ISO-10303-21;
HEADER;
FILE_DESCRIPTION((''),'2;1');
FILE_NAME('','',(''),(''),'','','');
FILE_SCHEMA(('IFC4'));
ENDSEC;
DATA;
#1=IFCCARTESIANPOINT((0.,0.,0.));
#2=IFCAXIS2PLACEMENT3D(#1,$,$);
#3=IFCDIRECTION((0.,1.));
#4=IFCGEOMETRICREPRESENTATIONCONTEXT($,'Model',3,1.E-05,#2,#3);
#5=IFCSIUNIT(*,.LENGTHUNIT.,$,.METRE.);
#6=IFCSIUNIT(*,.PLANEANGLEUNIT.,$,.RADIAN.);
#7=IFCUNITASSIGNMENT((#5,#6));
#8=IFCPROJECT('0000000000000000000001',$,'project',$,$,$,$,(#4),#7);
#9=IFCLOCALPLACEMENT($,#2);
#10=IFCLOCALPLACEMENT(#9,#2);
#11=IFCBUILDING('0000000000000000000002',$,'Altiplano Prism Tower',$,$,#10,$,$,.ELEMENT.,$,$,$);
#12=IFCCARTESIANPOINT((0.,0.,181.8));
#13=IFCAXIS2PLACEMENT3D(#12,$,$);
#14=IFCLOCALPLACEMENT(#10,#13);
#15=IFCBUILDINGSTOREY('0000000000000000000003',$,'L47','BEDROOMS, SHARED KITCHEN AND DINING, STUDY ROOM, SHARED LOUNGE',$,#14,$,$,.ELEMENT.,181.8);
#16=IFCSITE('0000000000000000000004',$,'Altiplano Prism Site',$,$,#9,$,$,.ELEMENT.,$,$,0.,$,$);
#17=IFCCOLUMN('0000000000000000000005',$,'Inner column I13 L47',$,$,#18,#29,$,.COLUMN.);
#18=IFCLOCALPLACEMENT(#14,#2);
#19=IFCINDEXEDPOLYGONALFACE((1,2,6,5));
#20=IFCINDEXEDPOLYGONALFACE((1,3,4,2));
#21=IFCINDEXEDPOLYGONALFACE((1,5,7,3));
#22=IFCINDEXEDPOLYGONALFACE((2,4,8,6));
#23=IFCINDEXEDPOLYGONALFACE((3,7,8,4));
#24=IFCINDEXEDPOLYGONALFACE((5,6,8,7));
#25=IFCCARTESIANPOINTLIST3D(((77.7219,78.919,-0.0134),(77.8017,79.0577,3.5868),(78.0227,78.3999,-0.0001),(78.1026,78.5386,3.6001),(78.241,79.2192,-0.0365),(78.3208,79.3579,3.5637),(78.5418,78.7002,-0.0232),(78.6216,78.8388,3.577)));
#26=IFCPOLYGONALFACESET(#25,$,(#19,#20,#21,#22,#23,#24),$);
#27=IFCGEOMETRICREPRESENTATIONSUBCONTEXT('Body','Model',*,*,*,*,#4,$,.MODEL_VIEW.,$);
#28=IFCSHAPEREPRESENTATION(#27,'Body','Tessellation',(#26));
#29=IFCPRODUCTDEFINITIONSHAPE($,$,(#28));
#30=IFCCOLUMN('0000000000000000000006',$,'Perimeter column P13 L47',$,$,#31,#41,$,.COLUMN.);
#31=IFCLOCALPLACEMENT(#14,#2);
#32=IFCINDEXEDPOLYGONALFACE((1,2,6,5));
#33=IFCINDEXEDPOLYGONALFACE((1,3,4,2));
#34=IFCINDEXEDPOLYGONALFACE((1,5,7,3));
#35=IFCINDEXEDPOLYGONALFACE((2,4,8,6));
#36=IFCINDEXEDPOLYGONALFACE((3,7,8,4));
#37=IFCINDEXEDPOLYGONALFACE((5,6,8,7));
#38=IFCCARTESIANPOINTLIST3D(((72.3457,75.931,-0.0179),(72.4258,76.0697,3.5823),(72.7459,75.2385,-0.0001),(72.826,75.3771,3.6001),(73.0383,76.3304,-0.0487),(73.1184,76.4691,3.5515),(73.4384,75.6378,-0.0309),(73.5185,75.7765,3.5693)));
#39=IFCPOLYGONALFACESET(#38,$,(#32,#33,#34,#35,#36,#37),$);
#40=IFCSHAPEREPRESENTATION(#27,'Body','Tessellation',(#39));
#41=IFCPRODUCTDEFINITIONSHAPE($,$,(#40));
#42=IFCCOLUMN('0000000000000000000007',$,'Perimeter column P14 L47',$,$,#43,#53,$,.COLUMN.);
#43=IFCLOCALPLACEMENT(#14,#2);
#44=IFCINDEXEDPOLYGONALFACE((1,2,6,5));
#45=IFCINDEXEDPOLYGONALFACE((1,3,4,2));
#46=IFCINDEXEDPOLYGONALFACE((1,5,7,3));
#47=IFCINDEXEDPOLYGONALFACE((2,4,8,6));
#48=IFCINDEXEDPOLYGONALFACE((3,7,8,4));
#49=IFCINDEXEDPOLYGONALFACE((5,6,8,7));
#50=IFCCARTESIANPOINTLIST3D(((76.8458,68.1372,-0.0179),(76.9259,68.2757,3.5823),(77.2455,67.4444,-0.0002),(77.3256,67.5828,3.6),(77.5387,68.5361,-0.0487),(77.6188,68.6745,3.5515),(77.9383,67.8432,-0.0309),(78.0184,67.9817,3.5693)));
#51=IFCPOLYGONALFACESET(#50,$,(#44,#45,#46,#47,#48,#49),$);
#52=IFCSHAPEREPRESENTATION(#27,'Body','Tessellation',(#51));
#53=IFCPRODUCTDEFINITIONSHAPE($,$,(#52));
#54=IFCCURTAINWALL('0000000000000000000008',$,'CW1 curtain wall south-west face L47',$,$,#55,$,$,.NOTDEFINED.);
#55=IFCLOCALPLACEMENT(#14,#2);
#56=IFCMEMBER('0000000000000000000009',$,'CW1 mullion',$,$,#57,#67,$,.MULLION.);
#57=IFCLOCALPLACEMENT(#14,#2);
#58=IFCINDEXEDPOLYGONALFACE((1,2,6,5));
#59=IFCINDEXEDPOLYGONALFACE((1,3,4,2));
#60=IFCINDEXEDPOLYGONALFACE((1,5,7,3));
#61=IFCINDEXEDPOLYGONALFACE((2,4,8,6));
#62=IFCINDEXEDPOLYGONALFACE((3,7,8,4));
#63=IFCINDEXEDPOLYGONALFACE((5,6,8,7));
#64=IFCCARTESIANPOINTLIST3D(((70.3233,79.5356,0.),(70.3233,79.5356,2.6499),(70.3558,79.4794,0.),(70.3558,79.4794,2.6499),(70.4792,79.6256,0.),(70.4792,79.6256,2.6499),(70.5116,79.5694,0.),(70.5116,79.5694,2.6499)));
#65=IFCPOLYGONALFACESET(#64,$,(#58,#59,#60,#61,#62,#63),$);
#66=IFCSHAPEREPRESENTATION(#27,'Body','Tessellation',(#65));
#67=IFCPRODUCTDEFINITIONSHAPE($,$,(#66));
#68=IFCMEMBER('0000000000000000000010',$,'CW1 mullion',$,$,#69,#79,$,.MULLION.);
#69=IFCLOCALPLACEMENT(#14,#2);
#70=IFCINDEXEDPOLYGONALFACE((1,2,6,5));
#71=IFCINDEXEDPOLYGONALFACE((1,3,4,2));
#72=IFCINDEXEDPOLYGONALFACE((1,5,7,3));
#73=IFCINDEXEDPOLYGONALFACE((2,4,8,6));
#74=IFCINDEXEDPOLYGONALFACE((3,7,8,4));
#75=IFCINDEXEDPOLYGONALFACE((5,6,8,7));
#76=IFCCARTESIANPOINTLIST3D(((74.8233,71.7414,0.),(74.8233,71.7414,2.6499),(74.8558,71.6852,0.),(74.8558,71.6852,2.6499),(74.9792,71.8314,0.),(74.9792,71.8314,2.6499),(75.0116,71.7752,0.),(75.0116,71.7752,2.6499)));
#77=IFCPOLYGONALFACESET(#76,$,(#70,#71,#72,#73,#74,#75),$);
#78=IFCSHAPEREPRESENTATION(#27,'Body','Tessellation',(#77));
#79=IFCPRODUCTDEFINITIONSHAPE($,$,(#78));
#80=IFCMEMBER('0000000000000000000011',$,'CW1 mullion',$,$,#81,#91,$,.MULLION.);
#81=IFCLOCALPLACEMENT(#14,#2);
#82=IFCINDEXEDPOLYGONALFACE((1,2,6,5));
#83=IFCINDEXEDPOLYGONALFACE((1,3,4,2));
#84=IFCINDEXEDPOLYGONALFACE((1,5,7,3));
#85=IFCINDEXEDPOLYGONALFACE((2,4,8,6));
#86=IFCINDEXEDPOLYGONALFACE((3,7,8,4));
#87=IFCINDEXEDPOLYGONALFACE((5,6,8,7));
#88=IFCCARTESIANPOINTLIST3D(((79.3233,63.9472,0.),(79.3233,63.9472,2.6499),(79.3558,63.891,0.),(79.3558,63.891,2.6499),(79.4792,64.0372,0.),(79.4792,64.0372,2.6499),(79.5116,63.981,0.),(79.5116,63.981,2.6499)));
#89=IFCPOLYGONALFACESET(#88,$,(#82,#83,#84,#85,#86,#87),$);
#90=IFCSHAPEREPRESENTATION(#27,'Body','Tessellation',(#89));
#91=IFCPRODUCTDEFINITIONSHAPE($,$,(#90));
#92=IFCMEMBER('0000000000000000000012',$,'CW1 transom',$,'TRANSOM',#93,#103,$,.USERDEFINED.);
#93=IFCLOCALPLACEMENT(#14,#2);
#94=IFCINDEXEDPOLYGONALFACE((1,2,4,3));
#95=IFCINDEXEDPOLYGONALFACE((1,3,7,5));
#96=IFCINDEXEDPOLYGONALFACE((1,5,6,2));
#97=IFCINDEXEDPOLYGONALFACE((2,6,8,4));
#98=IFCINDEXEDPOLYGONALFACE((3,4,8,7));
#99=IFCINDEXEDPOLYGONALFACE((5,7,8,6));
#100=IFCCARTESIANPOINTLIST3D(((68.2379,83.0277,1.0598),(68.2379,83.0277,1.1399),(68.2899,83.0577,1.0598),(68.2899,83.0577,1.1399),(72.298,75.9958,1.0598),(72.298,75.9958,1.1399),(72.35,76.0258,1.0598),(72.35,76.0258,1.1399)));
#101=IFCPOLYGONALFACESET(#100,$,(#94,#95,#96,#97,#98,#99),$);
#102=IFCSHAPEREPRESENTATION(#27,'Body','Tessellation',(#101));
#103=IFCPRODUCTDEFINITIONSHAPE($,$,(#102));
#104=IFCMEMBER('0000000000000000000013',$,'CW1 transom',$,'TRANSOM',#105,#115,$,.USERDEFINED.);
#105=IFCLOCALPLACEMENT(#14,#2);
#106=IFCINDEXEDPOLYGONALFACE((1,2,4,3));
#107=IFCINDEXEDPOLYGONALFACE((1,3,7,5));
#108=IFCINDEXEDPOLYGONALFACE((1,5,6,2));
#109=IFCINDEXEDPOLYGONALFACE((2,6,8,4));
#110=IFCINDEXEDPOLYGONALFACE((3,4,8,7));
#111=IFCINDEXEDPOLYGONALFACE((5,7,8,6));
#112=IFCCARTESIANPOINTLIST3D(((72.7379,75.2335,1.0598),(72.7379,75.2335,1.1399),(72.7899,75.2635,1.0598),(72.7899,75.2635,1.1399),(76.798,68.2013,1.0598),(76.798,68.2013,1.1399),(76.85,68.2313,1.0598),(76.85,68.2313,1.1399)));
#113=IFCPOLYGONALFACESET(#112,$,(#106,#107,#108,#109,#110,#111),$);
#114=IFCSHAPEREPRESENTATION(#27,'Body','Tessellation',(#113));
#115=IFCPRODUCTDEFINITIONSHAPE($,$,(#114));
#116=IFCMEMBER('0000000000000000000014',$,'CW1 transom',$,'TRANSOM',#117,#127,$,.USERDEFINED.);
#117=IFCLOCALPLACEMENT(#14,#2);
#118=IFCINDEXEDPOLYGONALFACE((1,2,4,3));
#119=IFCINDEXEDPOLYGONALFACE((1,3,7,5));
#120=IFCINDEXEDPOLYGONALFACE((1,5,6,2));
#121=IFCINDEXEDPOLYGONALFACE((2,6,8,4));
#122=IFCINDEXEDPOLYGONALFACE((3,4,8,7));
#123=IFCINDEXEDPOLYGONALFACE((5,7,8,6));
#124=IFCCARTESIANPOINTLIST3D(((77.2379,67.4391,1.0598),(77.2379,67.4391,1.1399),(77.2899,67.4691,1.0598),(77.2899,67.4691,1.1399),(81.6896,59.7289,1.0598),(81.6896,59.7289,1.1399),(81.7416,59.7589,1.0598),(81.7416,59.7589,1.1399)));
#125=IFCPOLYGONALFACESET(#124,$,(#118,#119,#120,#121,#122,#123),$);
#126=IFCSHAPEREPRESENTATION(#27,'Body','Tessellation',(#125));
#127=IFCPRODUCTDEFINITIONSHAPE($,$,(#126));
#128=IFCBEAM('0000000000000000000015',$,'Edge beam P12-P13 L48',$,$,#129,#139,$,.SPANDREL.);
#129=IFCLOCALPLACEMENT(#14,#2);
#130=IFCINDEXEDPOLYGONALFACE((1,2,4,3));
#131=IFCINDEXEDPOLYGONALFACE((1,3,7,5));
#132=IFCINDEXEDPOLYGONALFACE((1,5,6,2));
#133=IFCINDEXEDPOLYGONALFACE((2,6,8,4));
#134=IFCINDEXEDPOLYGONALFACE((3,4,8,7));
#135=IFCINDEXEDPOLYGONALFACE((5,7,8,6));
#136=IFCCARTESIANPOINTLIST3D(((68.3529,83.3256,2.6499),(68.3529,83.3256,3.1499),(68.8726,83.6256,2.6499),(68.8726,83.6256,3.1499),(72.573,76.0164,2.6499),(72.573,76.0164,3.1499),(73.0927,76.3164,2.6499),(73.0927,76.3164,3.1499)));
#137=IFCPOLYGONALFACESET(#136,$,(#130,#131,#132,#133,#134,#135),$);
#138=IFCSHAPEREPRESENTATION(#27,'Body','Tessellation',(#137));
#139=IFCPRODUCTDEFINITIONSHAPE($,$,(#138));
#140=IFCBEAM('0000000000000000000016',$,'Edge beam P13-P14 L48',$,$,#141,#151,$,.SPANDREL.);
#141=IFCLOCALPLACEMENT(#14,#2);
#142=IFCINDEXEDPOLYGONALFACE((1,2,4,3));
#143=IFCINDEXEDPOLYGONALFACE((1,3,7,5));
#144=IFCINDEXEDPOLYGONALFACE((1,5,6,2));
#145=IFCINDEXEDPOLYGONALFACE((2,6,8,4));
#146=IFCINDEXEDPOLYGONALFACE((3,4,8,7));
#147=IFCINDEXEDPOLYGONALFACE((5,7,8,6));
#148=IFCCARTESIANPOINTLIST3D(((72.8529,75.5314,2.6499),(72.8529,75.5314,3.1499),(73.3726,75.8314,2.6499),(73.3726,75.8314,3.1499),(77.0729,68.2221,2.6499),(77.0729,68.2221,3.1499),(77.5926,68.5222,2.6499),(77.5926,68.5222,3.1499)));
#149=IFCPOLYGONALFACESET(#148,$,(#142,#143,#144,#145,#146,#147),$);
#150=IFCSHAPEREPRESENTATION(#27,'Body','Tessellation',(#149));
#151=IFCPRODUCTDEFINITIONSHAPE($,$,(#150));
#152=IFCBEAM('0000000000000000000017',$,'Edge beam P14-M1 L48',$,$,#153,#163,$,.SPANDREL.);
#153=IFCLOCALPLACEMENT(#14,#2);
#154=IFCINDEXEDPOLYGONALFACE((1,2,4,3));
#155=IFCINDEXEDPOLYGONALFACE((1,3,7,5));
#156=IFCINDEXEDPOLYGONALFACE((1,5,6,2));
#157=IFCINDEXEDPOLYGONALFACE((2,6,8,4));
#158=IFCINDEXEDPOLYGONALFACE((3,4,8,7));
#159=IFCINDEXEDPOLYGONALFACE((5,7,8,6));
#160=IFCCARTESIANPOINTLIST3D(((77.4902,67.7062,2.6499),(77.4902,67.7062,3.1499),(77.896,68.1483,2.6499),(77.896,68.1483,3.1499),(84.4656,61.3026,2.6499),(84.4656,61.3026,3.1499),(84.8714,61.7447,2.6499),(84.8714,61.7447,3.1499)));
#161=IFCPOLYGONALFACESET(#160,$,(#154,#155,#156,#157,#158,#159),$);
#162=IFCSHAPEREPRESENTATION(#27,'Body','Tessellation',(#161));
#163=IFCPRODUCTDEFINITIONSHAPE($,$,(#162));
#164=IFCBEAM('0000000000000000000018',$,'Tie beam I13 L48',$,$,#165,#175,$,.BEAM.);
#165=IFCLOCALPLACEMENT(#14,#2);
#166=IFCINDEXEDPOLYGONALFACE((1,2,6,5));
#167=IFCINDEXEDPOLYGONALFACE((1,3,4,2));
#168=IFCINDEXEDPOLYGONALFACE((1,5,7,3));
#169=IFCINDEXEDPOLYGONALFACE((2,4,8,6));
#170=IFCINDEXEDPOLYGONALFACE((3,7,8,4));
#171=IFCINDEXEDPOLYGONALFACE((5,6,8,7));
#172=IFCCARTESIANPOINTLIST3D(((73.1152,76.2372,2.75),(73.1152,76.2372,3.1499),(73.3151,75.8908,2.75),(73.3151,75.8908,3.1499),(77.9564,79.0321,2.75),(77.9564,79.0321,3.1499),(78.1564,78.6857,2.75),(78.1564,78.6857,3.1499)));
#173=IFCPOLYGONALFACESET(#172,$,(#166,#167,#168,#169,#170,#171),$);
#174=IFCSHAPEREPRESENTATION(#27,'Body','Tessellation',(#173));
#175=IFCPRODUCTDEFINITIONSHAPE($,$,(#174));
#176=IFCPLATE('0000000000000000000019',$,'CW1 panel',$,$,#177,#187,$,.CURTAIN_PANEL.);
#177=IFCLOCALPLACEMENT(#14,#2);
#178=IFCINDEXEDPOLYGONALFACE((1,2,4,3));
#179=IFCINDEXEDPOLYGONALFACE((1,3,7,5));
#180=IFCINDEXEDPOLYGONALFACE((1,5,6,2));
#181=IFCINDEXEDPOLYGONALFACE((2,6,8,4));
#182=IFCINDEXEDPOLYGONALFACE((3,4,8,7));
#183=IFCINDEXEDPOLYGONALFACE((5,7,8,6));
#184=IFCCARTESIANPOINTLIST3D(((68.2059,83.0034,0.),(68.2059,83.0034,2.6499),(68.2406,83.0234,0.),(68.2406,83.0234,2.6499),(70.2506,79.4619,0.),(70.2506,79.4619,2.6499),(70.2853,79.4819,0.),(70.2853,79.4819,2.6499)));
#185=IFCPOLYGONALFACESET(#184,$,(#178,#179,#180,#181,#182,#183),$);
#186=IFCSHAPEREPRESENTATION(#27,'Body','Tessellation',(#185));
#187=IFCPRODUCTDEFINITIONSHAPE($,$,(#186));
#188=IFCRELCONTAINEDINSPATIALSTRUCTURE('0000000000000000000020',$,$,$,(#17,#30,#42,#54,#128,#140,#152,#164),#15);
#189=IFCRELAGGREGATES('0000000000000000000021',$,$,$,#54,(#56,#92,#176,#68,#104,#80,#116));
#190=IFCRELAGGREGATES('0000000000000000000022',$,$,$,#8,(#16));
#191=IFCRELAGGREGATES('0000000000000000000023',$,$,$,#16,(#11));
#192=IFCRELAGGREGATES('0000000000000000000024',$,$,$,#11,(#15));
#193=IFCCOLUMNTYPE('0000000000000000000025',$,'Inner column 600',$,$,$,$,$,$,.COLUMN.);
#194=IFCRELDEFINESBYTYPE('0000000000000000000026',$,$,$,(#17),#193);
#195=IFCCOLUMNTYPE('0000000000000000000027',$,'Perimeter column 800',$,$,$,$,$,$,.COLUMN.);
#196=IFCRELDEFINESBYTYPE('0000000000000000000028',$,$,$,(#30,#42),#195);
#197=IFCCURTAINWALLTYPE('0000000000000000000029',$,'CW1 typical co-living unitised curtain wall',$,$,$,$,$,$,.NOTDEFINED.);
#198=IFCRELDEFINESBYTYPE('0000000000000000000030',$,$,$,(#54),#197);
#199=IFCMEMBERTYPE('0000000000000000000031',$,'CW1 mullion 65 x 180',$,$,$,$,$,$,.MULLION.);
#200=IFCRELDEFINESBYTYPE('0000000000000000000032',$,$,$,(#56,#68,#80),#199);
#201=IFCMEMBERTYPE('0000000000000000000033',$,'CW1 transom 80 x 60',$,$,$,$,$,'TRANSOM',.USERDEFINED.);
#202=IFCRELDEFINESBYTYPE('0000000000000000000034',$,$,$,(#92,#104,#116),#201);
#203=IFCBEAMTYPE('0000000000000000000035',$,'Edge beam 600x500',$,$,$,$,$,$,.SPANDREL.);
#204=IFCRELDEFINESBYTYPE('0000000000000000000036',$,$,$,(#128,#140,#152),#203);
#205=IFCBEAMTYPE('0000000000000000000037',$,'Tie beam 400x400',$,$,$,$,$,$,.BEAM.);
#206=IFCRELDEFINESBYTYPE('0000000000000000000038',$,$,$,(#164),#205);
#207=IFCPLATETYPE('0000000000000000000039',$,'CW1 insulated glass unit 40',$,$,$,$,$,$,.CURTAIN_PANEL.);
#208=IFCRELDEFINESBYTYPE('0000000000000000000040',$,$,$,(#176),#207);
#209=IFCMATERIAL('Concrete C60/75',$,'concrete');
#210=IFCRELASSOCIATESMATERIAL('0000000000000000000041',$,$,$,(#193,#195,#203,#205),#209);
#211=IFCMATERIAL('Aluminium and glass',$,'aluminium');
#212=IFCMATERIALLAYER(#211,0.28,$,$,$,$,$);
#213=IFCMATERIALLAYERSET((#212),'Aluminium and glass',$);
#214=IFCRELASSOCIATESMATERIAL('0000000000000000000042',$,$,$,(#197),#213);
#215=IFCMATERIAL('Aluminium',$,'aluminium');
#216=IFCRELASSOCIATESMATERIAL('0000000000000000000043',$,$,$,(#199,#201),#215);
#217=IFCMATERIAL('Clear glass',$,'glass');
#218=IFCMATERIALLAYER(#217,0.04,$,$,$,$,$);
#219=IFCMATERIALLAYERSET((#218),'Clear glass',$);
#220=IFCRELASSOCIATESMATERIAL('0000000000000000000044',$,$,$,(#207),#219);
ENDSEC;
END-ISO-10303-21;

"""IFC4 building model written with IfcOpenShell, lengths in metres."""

from ifc_helpers import new_model, si_unit, direction, frame, origin, origin_2d, place, context, subcontext, project, spatial, rectangle, extrude, material, layer, layer_set, material_profile, profile_set, type_object, element, aggregate, save


model = new_model("IFC4")

# Units and contexts
model_context = context("Model", 3, precision=1e-05, world=origin(), true_north=direction((0.0, 1.0)))
body_context = subcontext(model_context, "Body", "Model", "MODEL_VIEW")
ifc_project = project(units=[si_unit("LENGTHUNIT", "METRE"), si_unit("PLANEANGLEUNIT", "RADIAN")], contexts=[model_context])

# Site, building, storey
site_placement = place(None, origin())
site = spatial("IfcSite", under=ifc_project, at=site_placement, Name="Altiplano Prism Site", CompositionType="ELEMENT", RefElevation=0.0)
building_placement = place(site_placement, origin())
building = spatial("IfcBuilding", under=site, at=building_placement, Name="Altiplano Prism Tower", CompositionType="ELEMENT")
storey_placement = place(building_placement, frame((0.0, 0.0, 181.8)))
storey = spatial("IfcBuildingStorey", under=building, at=storey_placement, Name="L47", Description="BEDROOMS, SHARED KITCHEN AND DINING, STUDY ROOM, SHARED LOUNGE", CompositionType="ELEMENT", Elevation=181.8)

# Columns
ifc_material_1 = material(Name="Concrete C60/75", Category="concrete")
ifc_material_profile_1 = material_profile(ifc_material_1, rectangle(XDim=0.6001, YDim=0.6001, at=origin_2d()), Name="Inner column 600")
ifc_profile_set_1 = profile_set([ifc_material_profile_1], Name="Concrete C60/75")
column_type_1 = type_object("IfcColumnType", Name="Inner column 600", PredefinedType="COLUMN", material=ifc_profile_set_1)
column_placement = place(storey_placement, frame((78.1318, 78.8096, -0.0183), z_axis=(0.022154, 0.038481, 0.999014), x_axis=(-0.864984, -0.500324, 0.038453)))
element("IfcColumn", 1, at=column_placement, inside=storey, type_object=column_type_1, Name="Inner column I13 L47", PredefinedType="COLUMN", context=body_context, shape_type="SweptSolid", body=[
    extrude(rectangle(XDim=0.6001, YDim=0.6001, at=origin_2d()), origin(), (0.0, 0.0, 1.0), 3.6038),
])
ifc_material_profile_2 = material_profile(ifc_material_1, rectangle(XDim=0.8, YDim=0.8, at=origin_2d()), Name="Perimeter column 800")
ifc_profile_set_2 = profile_set([ifc_material_profile_2], Name="Concrete C60/75")
column_type_2 = type_object("IfcColumnType", Name="Perimeter column 800", PredefinedType="COLUMN", material=ifc_profile_set_2)
for number, where, z_axis, x_axis, name in (
    (2, (72.8921, 75.7844, -0.0244), (0.022221, 0.038481, 0.999012), (-0.865644, -0.499179, 0.038483), "Perimeter column P13 L47"),
    (3, (77.3921, 67.9902, -0.0244), (0.022221, 0.038413, 0.999015), (-0.866026, -0.49852, 0.038432), "Perimeter column P14 L47"),
):
    element("IfcColumn", number, at=place(storey_placement, frame(where, z_axis=z_axis, x_axis=x_axis)), inside=storey, type_object=column_type_2, Name=name, PredefinedType="COLUMN", context=body_context, shape_type="SweptSolid", body=[
        extrude(rectangle(XDim=0.8, YDim=0.8, at=origin_2d()), origin(), (0.0, 0.0, 1.0), 3.6038),
    ])

# Curtain wall, members
ifc_material_2 = material(Name="Aluminium and glass", Category="aluminium")
ifc_layer_1 = layer(ifc_material_2, 0.28)
ifc_layer_set_1 = layer_set([ifc_layer_1], Name="Aluminium and glass")
curtain_wall_type = type_object("IfcCurtainWallType", Name="CW1 typical co-living unitised curtain wall", PredefinedType="NOTDEFINED", material=ifc_layer_set_1)
curtain_wall_placement = place(storey_placement, origin())
curtain_wall = element("IfcCurtainWall", 4, at=curtain_wall_placement, inside=storey, type_object=curtain_wall_type, Name="CW1 curtain wall south-west face L47", PredefinedType="NOTDEFINED")
ifc_material_3 = material(Name="Aluminium", Category="aluminium")
ifc_material_profile_3 = material_profile(ifc_material_3, rectangle(XDim=0.1799, YDim=0.0649, at=origin_2d()), Name="CW1 mullion 65 x 180")
ifc_profile_set_3 = profile_set([ifc_material_profile_3], Name="Aluminium")
member_type_1 = type_object("IfcMemberType", Name="CW1 mullion 65 x 180", PredefinedType="MULLION", material=ifc_profile_set_3)
member_1_placement = place(storey_placement, frame((70.4175, 79.5525, 0.0), z_axis=(0.0, 0.0, 1.0), x_axis=(0.866025, 0.5, 0.0)))
member_1 = element("IfcMember", 5, at=member_1_placement, type_object=member_type_1, Name="CW1 mullion", PredefinedType="MULLION", context=body_context, shape_type="SweptSolid", body=[
    extrude(rectangle(XDim=0.1799, YDim=0.0649, at=origin_2d()), origin(), (0.0, 0.0, 1.0), 2.6499),
])
member_2_placement = place(storey_placement, frame((74.9175, 71.7583, 0.0), z_axis=(0.0, 0.0, 1.0), x_axis=(0.866025, 0.5, 0.0)))
member_2 = element("IfcMember", 6, at=member_2_placement, type_object=member_type_1, Name="CW1 mullion", PredefinedType="MULLION", context=body_context, shape_type="SweptSolid", body=[
    extrude(rectangle(XDim=0.1799, YDim=0.0649, at=origin_2d()), origin(), (0.0, 0.0, 1.0), 2.6499),
])
member_3_placement = place(storey_placement, frame((79.4175, 63.9641, 0.0), z_axis=(0.0, 0.0, 1.0), x_axis=(0.866025, 0.5, 0.0)))
member_3 = element("IfcMember", 7, at=member_3_placement, type_object=member_type_1, Name="CW1 mullion", PredefinedType="MULLION", context=body_context, shape_type="SweptSolid", body=[
    extrude(rectangle(XDim=0.1799, YDim=0.0649, at=origin_2d()), origin(), (0.0, 0.0, 1.0), 2.6499),
])
ifc_material_profile_4 = material_profile(ifc_material_3, rectangle(XDim=0.0601, YDim=0.0801, at=origin_2d()), Name="CW1 transom 80 x 60")
ifc_profile_set_4 = profile_set([ifc_material_profile_4], Name="Aluminium")
member_type_2 = type_object("IfcMemberType", Name="CW1 transom 80 x 60", ElementType="TRANSOM", PredefinedType="USERDEFINED", material=ifc_profile_set_4)
member_4_placement = place(storey_placement, frame((68.2639, 83.0427, 1.0999), z_axis=(0.500013, -0.866018, 0.0), x_axis=(0.866018, 0.500013, 0.0)))
member_4 = element("IfcMember", 8, at=member_4_placement, type_object=member_type_2, Name="CW1 transom", ObjectType="TRANSOM", PredefinedType="USERDEFINED", context=body_context, shape_type="SweptSolid", body=[
    extrude(rectangle(XDim=0.0601, YDim=0.0801, at=origin_2d()), origin(), (0.0, 0.0, 1.0), 8.1199),
])
member_5_placement = place(storey_placement, frame((72.7639, 75.2485, 1.0999), z_axis=(0.5, -0.866025, 0.0), x_axis=(0.866025, 0.5, 0.0)))
member_5 = element("IfcMember", 9, at=member_5_placement, type_object=member_type_2, Name="CW1 transom", ObjectType="TRANSOM", PredefinedType="USERDEFINED", context=body_context, shape_type="SweptSolid", body=[
    extrude(rectangle(XDim=0.0601, YDim=0.0801, at=origin_2d()), origin(), (0.0, 0.0, 1.0), 8.1201),
])
member_6_placement = place(storey_placement, frame((77.2639, 67.4541, 1.0999), z_axis=(0.500014, -0.866017, 0.0), x_axis=(0.866017, 0.500014, 0.0)))
member_6 = element("IfcMember", 10, at=member_6_placement, type_object=member_type_2, Name="CW1 transom", ObjectType="TRANSOM", PredefinedType="USERDEFINED", context=body_context, shape_type="SweptSolid", body=[
    extrude(rectangle(XDim=0.0601, YDim=0.0801, at=origin_2d()), origin(), (0.0, 0.0, 1.0), 8.9031),
])

# Beams
ifc_material_profile_5 = material_profile(ifc_material_1, rectangle(XDim=0.6001, YDim=0.5, at=origin_2d()), Name="Edge beam 600x500")
ifc_profile_set_5 = profile_set([ifc_material_profile_5], Name="Concrete C60/75")
beam_type_1 = type_object("IfcBeamType", Name="Edge beam 600x500", PredefinedType="SPANDREL", material=ifc_profile_set_5)
for number, where, z_axis, x_axis, name in (
    (11, (68.6128, 83.4756, 2.8999), (0.500006, -0.866022, 0.0), (0.866022, 0.500006, 0.0), "Edge beam P12-P13 L48"),
    (12, (73.1128, 75.6814, 2.8999), (0.499994, -0.866029, 0.0), (0.866029, 0.499994, 0.0), "Edge beam P13-P14 L48"),
):
    element("IfcBeam", number, at=place(storey_placement, frame(where, z_axis=z_axis, x_axis=x_axis)), inside=storey, type_object=beam_type_1, Name=name, PredefinedType="SPANDREL", context=body_context, shape_type="SweptSolid", body=[
        extrude(rectangle(XDim=0.6001, YDim=0.5, at=origin_2d()), origin(), (0.0, 0.0, 1.0), 8.4399),
    ])
beam_1_placement = place(storey_placement, frame((77.6931, 67.9272, 2.8999), z_axis=(0.736654, -0.67627, 0.0), x_axis=(0.67627, 0.736654, 0.0)))
element("IfcBeam", 13, at=beam_1_placement, inside=storey, type_object=beam_type_1, Name="Edge beam P14-M1 L48", PredefinedType="SPANDREL", context=body_context, shape_type="SweptSolid", body=[
    extrude(rectangle(XDim=0.6001, YDim=0.5, at=origin_2d()), origin(), (0.0, 0.0, 1.0), 9.469),
])
ifc_material_profile_6 = material_profile(ifc_material_1, rectangle(XDim=0.3999, YDim=0.3999, at=origin_2d()), Name="Tie beam 400x400")
ifc_profile_set_6 = profile_set([ifc_material_profile_6], Name="Concrete C60/75")
beam_type_2 = type_object("IfcBeamType", Name="Tie beam 400x400", PredefinedType="BEAM", material=ifc_profile_set_6)
beam_2_placement = place(storey_placement, frame((78.0564, 78.8589, 2.95), z_axis=(-0.866042, -0.499972, 0.0), x_axis=(0.499972, -0.866042, 0.0)))
element("IfcBeam", 14, at=beam_2_placement, inside=storey, type_object=beam_type_2, Name="Tie beam I13 L48", PredefinedType="BEAM", context=body_context, shape_type="SweptSolid", body=[
    extrude(rectangle(XDim=0.3999, YDim=0.3999, at=origin_2d()), origin(), (0.0, 0.0, 1.0), 5.5901),
])

# Plate
ifc_material_4 = material(Name="Clear glass", Category="glass")
ifc_layer_2 = layer(ifc_material_4, 0.04)
ifc_layer_set_2 = layer_set([ifc_layer_2], Name="Clear glass")
plate_type = type_object("IfcPlateType", Name="CW1 insulated glass unit 40", PredefinedType="CURTAIN_PANEL", material=ifc_layer_set_2)
plate_1_placement = place(storey_placement, frame((69.2456, 81.2427, 0.0), z_axis=(0.0, 0.0, 1.0), x_axis=(0.5, -0.866025, 0.0)))
plate_1 = element("IfcPlate", 15, at=plate_1_placement, type_object=plate_type, Name="CW1 panel", PredefinedType="CURTAIN_PANEL", context=body_context, shape_type="SweptSolid", body=[
    extrude(rectangle(XDim=4.0894, YDim=0.04, at=origin_2d()), origin(), (0.0, 0.0, 1.0), 2.6499),
])
aggregate(curtain_wall, [member_1, member_4, plate_1, member_2, member_5, member_3, member_6])

save(model, "model.ifc")
